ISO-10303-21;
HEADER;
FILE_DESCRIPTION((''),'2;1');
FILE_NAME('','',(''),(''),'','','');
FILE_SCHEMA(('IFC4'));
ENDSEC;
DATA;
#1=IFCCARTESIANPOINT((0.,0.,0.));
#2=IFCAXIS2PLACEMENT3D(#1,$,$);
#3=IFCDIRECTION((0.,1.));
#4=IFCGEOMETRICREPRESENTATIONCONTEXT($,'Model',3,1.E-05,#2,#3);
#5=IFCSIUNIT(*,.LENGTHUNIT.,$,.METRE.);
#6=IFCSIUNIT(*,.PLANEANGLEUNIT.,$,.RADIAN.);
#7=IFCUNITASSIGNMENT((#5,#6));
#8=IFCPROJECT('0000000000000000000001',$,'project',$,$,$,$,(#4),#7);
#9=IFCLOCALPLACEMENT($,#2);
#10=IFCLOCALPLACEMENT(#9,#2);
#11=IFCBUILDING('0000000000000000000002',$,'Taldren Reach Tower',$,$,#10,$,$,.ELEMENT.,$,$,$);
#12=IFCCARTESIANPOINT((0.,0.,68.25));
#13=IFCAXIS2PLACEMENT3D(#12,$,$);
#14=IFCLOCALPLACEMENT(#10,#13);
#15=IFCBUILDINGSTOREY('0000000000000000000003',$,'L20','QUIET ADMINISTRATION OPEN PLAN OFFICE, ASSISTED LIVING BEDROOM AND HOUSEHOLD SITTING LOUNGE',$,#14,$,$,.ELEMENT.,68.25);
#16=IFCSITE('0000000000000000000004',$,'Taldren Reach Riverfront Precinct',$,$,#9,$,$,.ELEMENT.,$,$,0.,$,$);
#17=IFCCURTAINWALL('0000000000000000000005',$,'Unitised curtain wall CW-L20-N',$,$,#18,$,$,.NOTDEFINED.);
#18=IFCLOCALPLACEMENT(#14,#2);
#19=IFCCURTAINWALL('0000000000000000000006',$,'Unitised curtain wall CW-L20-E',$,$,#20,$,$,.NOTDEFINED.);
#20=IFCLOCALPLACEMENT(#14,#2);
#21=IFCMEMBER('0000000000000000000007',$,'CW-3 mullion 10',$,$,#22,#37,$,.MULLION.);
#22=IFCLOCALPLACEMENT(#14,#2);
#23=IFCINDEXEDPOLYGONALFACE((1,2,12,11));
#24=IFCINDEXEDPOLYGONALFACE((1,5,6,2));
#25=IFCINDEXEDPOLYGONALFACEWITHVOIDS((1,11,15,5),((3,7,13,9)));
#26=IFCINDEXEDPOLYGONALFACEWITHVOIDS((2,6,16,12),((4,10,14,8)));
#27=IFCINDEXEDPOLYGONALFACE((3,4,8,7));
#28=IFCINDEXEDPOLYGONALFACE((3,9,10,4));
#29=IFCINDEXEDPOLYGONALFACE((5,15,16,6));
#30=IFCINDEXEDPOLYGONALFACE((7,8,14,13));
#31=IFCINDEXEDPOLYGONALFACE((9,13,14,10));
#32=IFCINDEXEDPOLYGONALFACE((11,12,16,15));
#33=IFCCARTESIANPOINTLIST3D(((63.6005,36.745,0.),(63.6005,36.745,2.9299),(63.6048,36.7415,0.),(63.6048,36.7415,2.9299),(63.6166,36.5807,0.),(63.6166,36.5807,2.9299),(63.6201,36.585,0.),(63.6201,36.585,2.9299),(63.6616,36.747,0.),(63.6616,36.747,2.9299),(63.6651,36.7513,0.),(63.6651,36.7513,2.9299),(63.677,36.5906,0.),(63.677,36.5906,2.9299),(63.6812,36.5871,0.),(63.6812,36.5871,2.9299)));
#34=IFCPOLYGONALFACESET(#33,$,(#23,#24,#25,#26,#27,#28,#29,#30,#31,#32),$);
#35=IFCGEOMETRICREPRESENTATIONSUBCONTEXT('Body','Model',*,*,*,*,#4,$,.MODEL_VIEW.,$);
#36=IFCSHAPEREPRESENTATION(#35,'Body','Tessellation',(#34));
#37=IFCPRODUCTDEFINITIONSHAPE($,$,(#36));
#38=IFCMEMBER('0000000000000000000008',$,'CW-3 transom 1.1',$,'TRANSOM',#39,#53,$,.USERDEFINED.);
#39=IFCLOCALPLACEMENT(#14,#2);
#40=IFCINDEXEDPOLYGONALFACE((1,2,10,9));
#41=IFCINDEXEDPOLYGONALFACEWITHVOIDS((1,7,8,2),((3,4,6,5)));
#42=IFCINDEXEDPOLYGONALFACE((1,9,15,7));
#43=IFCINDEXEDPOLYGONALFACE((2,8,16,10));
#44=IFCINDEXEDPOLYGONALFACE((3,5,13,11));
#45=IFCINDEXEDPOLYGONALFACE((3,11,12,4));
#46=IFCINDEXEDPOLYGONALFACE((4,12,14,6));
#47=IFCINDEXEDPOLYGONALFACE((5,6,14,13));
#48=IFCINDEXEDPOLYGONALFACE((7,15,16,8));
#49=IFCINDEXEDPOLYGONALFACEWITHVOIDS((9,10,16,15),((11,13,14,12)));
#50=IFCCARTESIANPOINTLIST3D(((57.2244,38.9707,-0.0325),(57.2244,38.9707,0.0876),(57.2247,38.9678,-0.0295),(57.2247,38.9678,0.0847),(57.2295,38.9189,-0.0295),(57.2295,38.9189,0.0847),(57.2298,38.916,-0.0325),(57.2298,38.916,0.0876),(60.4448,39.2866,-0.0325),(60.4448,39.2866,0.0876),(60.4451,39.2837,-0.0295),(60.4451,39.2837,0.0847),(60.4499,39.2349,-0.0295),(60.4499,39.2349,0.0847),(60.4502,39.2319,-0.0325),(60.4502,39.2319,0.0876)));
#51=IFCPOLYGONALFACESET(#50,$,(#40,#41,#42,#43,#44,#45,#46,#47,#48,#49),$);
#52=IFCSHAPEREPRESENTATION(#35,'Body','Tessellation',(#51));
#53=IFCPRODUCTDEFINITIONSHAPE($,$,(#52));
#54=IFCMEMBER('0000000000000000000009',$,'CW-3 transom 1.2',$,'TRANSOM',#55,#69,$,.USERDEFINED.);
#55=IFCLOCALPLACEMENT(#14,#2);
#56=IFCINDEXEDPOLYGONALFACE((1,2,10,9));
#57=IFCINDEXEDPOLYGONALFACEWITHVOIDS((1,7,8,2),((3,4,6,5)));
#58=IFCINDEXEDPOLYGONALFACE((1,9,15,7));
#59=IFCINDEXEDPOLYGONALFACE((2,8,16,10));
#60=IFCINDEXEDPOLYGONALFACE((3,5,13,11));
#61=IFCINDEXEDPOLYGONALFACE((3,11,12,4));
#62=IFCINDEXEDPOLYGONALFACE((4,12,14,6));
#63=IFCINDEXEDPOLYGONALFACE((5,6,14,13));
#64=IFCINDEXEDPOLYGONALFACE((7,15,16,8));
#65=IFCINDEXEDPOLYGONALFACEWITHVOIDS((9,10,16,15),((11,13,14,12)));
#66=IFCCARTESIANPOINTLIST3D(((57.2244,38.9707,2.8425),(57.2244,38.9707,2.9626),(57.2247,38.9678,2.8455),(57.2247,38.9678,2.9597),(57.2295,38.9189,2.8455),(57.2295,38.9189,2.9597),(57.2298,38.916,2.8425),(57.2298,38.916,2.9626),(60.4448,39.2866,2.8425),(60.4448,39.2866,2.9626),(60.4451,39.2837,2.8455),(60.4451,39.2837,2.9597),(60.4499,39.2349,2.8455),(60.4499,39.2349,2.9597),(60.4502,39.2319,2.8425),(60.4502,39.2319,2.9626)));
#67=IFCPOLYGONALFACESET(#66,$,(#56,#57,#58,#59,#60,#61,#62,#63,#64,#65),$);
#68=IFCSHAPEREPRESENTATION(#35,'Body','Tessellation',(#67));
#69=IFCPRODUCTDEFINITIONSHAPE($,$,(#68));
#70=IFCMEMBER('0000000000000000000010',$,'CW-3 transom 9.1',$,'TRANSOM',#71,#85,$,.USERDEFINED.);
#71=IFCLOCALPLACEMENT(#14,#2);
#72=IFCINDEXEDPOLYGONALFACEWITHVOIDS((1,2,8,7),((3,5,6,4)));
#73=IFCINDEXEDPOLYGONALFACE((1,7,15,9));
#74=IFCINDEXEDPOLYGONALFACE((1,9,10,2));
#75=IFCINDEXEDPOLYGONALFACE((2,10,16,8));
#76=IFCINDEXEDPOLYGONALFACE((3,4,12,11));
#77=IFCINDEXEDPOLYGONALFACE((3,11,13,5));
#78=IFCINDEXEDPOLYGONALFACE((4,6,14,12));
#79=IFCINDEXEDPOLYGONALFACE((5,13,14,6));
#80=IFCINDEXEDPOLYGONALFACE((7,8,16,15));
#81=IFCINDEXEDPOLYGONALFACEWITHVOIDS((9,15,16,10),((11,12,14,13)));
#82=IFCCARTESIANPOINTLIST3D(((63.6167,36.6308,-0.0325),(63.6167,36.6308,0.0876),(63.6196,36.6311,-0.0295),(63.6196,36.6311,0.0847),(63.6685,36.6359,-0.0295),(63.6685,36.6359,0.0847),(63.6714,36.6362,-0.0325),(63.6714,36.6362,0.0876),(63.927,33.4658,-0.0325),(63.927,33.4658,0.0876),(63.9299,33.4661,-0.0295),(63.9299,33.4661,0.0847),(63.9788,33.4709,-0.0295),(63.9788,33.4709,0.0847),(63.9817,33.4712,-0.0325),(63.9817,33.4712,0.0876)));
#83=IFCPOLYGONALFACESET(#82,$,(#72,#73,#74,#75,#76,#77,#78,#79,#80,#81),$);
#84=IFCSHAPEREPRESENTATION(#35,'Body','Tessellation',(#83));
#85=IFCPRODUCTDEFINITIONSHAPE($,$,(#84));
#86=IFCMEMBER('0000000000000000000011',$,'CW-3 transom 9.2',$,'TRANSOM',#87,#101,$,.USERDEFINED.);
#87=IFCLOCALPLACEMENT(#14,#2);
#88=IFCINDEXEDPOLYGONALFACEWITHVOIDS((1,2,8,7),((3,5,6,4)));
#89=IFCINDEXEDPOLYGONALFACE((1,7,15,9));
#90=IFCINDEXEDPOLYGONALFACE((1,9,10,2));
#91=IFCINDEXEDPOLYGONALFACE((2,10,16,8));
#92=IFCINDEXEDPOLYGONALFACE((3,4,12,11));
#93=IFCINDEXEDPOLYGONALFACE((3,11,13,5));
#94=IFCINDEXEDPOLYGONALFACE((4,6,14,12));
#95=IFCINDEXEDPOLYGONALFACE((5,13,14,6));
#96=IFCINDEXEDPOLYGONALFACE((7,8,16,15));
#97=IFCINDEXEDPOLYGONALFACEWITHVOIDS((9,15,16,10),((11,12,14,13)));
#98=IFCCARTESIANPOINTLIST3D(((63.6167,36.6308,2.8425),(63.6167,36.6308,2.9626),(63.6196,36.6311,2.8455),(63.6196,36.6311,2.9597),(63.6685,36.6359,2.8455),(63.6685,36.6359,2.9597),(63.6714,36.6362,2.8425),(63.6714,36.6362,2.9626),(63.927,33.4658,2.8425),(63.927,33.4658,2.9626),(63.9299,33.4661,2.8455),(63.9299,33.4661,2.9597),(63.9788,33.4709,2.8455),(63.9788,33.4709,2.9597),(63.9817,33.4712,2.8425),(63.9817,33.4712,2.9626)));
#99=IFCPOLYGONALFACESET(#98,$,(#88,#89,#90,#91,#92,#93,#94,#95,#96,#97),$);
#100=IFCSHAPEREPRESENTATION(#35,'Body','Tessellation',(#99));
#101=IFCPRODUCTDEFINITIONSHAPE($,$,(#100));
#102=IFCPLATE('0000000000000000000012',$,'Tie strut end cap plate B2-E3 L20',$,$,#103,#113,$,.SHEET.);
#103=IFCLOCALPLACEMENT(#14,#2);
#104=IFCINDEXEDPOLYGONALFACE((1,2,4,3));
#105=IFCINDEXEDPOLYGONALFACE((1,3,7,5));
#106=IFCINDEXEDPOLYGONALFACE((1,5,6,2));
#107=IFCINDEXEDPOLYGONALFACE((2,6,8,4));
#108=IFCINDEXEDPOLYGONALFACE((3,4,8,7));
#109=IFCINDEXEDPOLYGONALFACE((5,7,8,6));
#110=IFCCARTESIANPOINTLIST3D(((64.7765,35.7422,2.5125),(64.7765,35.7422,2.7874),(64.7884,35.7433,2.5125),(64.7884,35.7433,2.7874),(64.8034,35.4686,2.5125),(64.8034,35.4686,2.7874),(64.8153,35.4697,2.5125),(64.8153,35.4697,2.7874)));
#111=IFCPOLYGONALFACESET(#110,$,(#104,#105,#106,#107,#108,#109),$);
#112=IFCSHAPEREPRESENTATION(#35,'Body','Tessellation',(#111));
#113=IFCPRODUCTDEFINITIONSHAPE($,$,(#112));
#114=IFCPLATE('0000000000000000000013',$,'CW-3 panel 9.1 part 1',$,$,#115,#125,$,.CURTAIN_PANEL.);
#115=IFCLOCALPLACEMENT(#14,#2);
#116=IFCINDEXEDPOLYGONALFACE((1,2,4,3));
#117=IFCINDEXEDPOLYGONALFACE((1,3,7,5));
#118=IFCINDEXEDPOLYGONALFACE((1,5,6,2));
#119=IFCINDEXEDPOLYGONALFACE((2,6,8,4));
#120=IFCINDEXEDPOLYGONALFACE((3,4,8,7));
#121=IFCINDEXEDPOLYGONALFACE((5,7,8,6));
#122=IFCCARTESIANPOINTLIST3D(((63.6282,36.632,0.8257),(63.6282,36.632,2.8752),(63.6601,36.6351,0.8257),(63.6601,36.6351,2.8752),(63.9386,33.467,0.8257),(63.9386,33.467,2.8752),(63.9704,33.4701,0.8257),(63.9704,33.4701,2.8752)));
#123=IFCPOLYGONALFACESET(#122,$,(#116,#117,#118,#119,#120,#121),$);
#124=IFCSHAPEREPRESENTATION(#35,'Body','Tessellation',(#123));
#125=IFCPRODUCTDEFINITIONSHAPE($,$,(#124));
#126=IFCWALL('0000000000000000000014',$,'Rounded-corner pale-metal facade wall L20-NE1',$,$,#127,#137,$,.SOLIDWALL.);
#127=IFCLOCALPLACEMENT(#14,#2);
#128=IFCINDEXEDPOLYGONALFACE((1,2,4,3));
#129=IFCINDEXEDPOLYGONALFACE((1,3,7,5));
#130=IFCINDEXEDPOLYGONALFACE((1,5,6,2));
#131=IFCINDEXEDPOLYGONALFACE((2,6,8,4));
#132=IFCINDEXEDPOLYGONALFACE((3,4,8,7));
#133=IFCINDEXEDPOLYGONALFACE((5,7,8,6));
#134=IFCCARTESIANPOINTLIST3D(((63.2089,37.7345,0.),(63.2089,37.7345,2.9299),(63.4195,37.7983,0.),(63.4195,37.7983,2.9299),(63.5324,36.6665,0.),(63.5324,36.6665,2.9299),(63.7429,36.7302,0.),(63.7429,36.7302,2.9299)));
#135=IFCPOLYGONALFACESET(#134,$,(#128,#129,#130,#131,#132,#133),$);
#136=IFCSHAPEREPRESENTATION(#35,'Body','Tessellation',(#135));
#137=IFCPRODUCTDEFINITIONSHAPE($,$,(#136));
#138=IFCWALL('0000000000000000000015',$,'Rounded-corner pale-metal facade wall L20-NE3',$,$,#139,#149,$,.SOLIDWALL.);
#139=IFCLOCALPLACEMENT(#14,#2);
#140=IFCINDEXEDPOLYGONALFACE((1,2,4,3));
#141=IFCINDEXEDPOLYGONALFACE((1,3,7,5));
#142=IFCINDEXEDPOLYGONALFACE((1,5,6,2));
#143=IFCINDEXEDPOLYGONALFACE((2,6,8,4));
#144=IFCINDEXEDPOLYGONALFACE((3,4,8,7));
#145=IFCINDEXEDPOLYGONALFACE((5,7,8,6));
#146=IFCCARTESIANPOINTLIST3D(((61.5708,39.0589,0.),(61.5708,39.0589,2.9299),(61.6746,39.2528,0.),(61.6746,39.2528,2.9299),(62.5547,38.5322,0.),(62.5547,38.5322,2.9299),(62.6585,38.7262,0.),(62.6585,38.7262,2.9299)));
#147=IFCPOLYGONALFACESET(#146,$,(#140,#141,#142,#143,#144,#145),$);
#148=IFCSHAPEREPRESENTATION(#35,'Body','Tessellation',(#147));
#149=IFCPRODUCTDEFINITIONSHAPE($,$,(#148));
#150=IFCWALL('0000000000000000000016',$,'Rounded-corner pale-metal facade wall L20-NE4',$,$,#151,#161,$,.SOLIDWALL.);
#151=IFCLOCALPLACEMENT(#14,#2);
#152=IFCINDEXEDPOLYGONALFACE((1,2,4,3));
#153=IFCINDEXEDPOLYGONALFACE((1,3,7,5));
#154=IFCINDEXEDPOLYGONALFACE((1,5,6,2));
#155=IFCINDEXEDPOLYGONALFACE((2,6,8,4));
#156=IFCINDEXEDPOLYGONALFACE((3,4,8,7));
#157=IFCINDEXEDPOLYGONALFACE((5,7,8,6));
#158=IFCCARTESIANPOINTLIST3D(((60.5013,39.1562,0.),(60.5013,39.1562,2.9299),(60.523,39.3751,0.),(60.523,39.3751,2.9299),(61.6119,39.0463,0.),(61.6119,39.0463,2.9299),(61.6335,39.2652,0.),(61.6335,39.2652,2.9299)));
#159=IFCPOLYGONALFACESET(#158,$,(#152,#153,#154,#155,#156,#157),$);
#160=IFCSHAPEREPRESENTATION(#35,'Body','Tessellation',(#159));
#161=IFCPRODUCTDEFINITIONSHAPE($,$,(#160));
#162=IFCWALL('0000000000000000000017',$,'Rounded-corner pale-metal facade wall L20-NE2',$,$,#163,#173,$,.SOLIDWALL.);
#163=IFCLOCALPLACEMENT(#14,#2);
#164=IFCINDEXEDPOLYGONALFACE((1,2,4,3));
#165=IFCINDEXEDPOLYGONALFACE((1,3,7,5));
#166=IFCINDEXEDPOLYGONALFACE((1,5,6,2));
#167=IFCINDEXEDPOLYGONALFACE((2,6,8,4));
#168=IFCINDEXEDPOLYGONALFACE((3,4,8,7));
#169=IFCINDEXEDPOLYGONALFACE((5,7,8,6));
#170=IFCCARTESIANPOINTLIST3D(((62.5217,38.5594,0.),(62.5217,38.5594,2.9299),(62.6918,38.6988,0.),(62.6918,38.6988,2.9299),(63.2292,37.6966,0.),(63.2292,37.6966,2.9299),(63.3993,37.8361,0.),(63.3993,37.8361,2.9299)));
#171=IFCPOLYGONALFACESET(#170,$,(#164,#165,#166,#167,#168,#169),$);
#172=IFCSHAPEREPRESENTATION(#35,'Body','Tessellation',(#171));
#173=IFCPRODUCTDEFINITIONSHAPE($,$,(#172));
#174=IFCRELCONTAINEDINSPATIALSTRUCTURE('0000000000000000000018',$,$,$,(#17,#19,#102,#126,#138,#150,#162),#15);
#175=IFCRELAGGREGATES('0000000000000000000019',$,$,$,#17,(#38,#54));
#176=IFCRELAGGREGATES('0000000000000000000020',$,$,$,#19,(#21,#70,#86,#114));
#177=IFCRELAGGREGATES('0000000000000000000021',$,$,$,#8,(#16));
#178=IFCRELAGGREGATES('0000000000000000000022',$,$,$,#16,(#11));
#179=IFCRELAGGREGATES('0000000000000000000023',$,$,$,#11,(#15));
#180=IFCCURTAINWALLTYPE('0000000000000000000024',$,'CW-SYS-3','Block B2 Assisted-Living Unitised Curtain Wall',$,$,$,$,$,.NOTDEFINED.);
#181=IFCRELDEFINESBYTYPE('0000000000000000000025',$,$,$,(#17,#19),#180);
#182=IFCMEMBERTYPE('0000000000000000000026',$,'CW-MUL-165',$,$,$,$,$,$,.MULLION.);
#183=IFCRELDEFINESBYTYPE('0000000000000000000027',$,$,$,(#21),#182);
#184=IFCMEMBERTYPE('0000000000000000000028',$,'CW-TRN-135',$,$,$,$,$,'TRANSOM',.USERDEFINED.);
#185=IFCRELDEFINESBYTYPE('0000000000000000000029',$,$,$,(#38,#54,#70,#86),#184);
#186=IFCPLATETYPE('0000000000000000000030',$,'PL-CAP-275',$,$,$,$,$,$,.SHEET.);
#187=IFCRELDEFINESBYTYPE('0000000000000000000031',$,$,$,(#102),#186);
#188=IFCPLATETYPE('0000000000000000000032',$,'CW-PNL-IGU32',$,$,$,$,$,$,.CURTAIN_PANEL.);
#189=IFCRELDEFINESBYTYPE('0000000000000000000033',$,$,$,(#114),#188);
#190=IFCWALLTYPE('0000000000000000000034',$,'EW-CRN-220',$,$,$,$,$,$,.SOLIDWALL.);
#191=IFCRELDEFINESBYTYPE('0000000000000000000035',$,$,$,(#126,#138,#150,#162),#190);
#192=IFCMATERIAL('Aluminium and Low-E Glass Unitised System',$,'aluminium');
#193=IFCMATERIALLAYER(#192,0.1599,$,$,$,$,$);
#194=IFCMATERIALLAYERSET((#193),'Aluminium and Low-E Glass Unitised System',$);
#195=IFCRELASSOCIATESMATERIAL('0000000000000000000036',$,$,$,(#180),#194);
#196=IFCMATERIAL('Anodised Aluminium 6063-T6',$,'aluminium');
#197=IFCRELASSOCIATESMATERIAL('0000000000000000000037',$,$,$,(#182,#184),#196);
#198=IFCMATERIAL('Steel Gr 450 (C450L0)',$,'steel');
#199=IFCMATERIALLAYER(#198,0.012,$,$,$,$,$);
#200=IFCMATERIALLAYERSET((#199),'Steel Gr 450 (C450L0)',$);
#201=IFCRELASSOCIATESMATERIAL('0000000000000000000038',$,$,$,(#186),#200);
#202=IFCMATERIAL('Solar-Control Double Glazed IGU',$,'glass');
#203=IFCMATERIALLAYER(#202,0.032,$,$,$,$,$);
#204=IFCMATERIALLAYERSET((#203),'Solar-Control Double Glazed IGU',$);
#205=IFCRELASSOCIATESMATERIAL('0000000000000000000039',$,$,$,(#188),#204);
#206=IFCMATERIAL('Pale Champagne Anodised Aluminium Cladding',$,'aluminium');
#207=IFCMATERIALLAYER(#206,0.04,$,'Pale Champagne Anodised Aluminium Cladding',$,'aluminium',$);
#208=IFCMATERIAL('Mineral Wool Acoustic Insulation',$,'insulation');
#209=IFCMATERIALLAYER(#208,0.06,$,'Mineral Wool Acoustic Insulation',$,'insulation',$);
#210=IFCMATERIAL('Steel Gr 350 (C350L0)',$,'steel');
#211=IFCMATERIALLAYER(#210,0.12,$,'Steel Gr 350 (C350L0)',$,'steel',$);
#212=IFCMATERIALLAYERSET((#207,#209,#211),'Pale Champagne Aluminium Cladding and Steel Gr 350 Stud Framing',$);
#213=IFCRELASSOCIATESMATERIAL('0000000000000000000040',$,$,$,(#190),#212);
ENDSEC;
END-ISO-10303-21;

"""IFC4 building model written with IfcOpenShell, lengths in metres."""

from ifc_helpers import new_model, si_unit, direction, frame, frame_2d, origin, origin_2d, place, context, subcontext, project, spatial, rectangle, hollow_rectangle, extrude, source, transform, mapped, material, layer, layer_set, material_profile, profile_set, type_object, element, aggregate, save


model = new_model("IFC4")

# Units and contexts
model_context = context("Model", 3, precision=1e-05, world=origin(), true_north=direction((0.0, 1.0)))
body_context = subcontext(model_context, "Body", "Model", "MODEL_VIEW")
ifc_project = project(units=[si_unit("LENGTHUNIT", "METRE"), si_unit("PLANEANGLEUNIT", "RADIAN")], contexts=[model_context])

# Site, building, storey
site_placement = place(None, origin())
site = spatial("IfcSite", under=ifc_project, at=site_placement, Name="Taldren Reach Riverfront Precinct", CompositionType="ELEMENT", RefElevation=0.0)
building_placement = place(site_placement, origin())
building = spatial("IfcBuilding", under=site, at=building_placement, Name="Taldren Reach Tower", CompositionType="ELEMENT")
storey_placement = place(building_placement, frame((0.0, 0.0, 68.25)))
storey = spatial("IfcBuildingStorey", under=building, at=storey_placement, Name="L20", Description="QUIET ADMINISTRATION OPEN PLAN OFFICE, ASSISTED LIVING BEDROOM AND HOUSEHOLD SITTING LOUNGE", CompositionType="ELEMENT", Elevation=68.25)

# Shared definitions
ifc_material_1 = material(Name="Steel Gr 450 (C450L0)", Category="steel")
ifc_material_2 = material(Name="Steel Gr 350 (C350L0)", Category="steel")

# Curtain wall
ifc_material_3 = material(Name="Aluminium and Low-E Glass Unitised System", Category="aluminium")
ifc_layer_1 = layer(ifc_material_3, 0.1599)
ifc_layer_set_1 = layer_set([ifc_layer_1], Name="Aluminium and Low-E Glass Unitised System")
curtain_wall_type = type_object("IfcCurtainWallType", Name="CW-SYS-3", Description="Block B2 Assisted-Living Unitised Curtain Wall", PredefinedType="NOTDEFINED", material=ifc_layer_set_1)
curtain_wall_1_placement = place(storey_placement, origin())
curtain_wall_1 = element("IfcCurtainWall", 1, at=curtain_wall_1_placement, inside=storey, type_object=curtain_wall_type, Name="Unitised curtain wall CW-L20-N", PredefinedType="NOTDEFINED")
ifc_material_4 = material(Name="Anodised Aluminium 6063-T6", Category="aluminium")
ifc_material_profile_1 = material_profile(ifc_material_4, hollow_rectangle(XDim=0.0649, YDim=0.165, WallThickness=0.0039, at=origin_2d()), Name="ALU-165x65x4RHS")
ifc_profile_set_1 = profile_set([ifc_material_profile_1], Name="Anodised Aluminium 6063-T6")
member_type_1 = type_object("IfcMemberType", Name="CW-MUL-165", PredefinedType="MULLION", material=ifc_profile_set_1)
shared_shape_1 = source(origin(), body_context, "Body", "SweptSolid", [
    extrude(hollow_rectangle(XDim=0.0649, YDim=0.165, WallThickness=0.0039, at=origin_2d()), origin(), (0.0, 0.0, 1.0), 2.9299),
])

# Curtain wall, member
curtain_wall_2_placement = place(storey_placement, origin())
curtain_wall_2 = element("IfcCurtainWall", 2, at=curtain_wall_2_placement, inside=storey, type_object=curtain_wall_type, Name="Unitised curtain wall CW-L20-E", PredefinedType="NOTDEFINED")
member_1_placement = place(storey_placement, frame((63.6409, 36.666, 0.0), z_axis=(0.0, 0.0, 1.0), x_axis=(-0.995227, -0.097583, 0.0)))
member_1 = element("IfcMember", 3, at=member_1_placement, type_object=member_type_1, Name="CW-3 mullion 10", PredefinedType="MULLION", context=body_context, shape_type="MappedRepresentation", body=[
    mapped(shared_shape_1, transform((0.0, 0.0, 0.0), scale=1.0)),
])

# Members
ifc_material_profile_2 = material_profile(ifc_material_4, hollow_rectangle(XDim=0.0549, YDim=0.1201, WallThickness=0.0029, at=origin_2d()), Name="ALU-120x55x3RHS")
ifc_profile_set_2 = profile_set([ifc_material_profile_2], Name="Anodised Aluminium 6063-T6")
member_type_2 = type_object("IfcMemberType", Name="CW-TRN-135", ElementType="TRANSOM", PredefinedType="USERDEFINED", material=ifc_profile_set_2)
shared_shape_2 = source(origin(), body_context, "Body", "SweptSolid", [
    extrude(hollow_rectangle(XDim=0.0549, YDim=0.1201, WallThickness=0.0029, at=origin_2d()), origin(), (0.0, 0.0, 1.0), 3.2358),
])
member_2_placement = place(storey_placement, frame((60.4475, 39.2593, 0.0276), z_axis=(-0.995223, -0.097629, 0.0), x_axis=(0.097629, -0.995223, 0.0)))
member_2 = element("IfcMember", 4, at=member_2_placement, type_object=member_type_2, Name="CW-3 transom 1.1", ObjectType="TRANSOM", PredefinedType="USERDEFINED", context=body_context, shape_type="MappedRepresentation", body=[
    mapped(shared_shape_2, transform((0.0, 0.0, 0.0), scale=1.0)),
])
member_3_placement = place(storey_placement, frame((60.4475, 39.2593, 2.9026), z_axis=(-0.995223, -0.097629, 0.0), x_axis=(0.097629, -0.995223, 0.0)))
member_3 = element("IfcMember", 5, at=member_3_placement, type_object=member_type_2, Name="CW-3 transom 1.2", ObjectType="TRANSOM", PredefinedType="USERDEFINED", context=body_context, shape_type="MappedRepresentation", body=[
    mapped(shared_shape_2, transform((0.0, 0.0, 0.0), scale=1.0)),
])
aggregate(curtain_wall_1, [member_2, member_3])
shared_shape_3 = source(origin(), body_context, "Body", "SweptSolid", [
    extrude(hollow_rectangle(XDim=0.0549, YDim=0.1201, WallThickness=0.0029, at=origin_2d()), origin(), (0.0, 0.0, 1.0), 3.1802),
])
member_4_placement = place(storey_placement, frame((63.9543, 33.4685, 0.0276), z_axis=(-0.097573, 0.995228, 0.0), x_axis=(-0.995228, -0.097573, 0.0)))
member_4 = element("IfcMember", 6, at=member_4_placement, type_object=member_type_2, Name="CW-3 transom 9.1", ObjectType="TRANSOM", PredefinedType="USERDEFINED", context=body_context, shape_type="MappedRepresentation", body=[
    mapped(shared_shape_3, transform((0.0, 0.0, 0.0), scale=1.0)),
])
member_5_placement = place(storey_placement, frame((63.9543, 33.4685, 2.9026), z_axis=(-0.097573, 0.995228, 0.0), x_axis=(-0.995228, -0.097573, 0.0)))
member_5 = element("IfcMember", 7, at=member_5_placement, type_object=member_type_2, Name="CW-3 transom 9.2", ObjectType="TRANSOM", PredefinedType="USERDEFINED", context=body_context, shape_type="MappedRepresentation", body=[
    mapped(shared_shape_3, transform((0.0, 0.0, 0.0), scale=1.0)),
])

# Plates
ifc_layer_2 = layer(ifc_material_1, 0.012)
ifc_layer_set_2 = layer_set([ifc_layer_2], Name="Steel Gr 450 (C450L0)")
plate_type_1 = type_object("IfcPlateType", Name="PL-CAP-275", PredefinedType="SHEET", material=ifc_layer_set_2)
shared_shape_4 = source(origin(), body_context, "Body", "SweptSolid", [
    extrude(rectangle(XDim=0.012, YDim=0.2749, at=origin_2d()), origin(), (0.0, 0.0, 1.0), 0.2749),
])
plate_1_placement = place(storey_placement, frame((64.7959, 35.606, 2.5125), z_axis=(0.0, 0.0, 1.0), x_axis=(0.995227, 0.097583, 0.0)))
element("IfcPlate", 8, at=plate_1_placement, inside=storey, type_object=plate_type_1, Name="Tie strut end cap plate B2-E3 L20", PredefinedType="SHEET", context=body_context, shape_type="MappedRepresentation", body=[
    mapped(shared_shape_4, transform((0.0, 0.0, 0.0), scale=1.0)),
])
ifc_material_5 = material(Name="Solar-Control Double Glazed IGU", Category="glass")
ifc_layer_3 = layer(ifc_material_5, 0.032)
ifc_layer_set_3 = layer_set([ifc_layer_3], Name="Solar-Control Double Glazed IGU")
plate_type_2 = type_object("IfcPlateType", Name="CW-PNL-IGU32", PredefinedType="CURTAIN_PANEL", material=ifc_layer_set_3)
shared_shape_5 = source(origin(), body_context, "Body", "SweptSolid", [
    extrude(rectangle(XDim=3.1802, YDim=0.032, at=origin_2d()), origin(), (0.0, 0.0, 1.0), 2.0496),
])
plate_2_placement = place(storey_placement, frame((63.7993, 35.051, 0.8257), z_axis=(0.0, 0.0, 1.0), x_axis=(-0.097583, 0.995227, 0.0)))
plate_2 = element("IfcPlate", 9, at=plate_2_placement, type_object=plate_type_2, Name="CW-3 panel 9.1 part 1", PredefinedType="CURTAIN_PANEL", context=body_context, shape_type="MappedRepresentation", body=[
    mapped(shared_shape_5, transform((0.0, 0.0, 0.0), scale=1.0)),
])
aggregate(curtain_wall_2, [member_1, member_4, member_5, plate_2])

# Walls
ifc_material_6 = material(Name="Pale Champagne Anodised Aluminium Cladding", Category="aluminium")
ifc_layer_4 = layer(ifc_material_6, 0.04, Name="Pale Champagne Anodised Aluminium Cladding", Category="aluminium")
ifc_material_7 = material(Name="Mineral Wool Acoustic Insulation", Category="insulation")
ifc_layer_5 = layer(ifc_material_7, 0.06, Name="Mineral Wool Acoustic Insulation", Category="insulation")
ifc_layer_6 = layer(ifc_material_2, 0.12, Name="Steel Gr 350 (C350L0)", Category="steel")
ifc_layer_set_4 = layer_set([ifc_layer_4, ifc_layer_5, ifc_layer_6], Name="Pale Champagne Aluminium Cladding and Steel Gr 350 Stud Framing")
wall_type = type_object("IfcWallType", Name="EW-CRN-220", PredefinedType="SOLIDWALL", material=ifc_layer_set_4)
shared_shape_6 = source(origin(), body_context, "Body", "SweptSolid", [
    extrude(rectangle(XDim=1.116, YDim=0.22, at=frame_2d((0.5581, 0.0))), origin(), (0.0, 0.0, 1.0), 2.9299),
])
for number, where, z_axis, x_axis, name in (
    (10, (63.6377, 36.6982, 0.0), (0.0, 0.0, 1.0), (-0.289856, 0.95707, 0.0), "Rounded-corner pale-metal facade wall L20-NE1"),
    (11, (62.6067, 38.6292, 0.0), (0.0, 0.0, 1.0), (-0.881656, 0.471894, 0.0), "Rounded-corner pale-metal facade wall L20-NE3"),
    (12, (61.6228, 39.1558, 0.0), (0.0, 0.0, 1.0), (-0.995143, 0.098442, 0.0), "Rounded-corner pale-metal facade wall L20-NE4"),
):
    element("IfcWall", number, at=place(storey_placement, frame(where, z_axis=z_axis, x_axis=x_axis)), inside=storey, type_object=wall_type, Name=name, PredefinedType="SOLIDWALL", context=body_context, shape_type="MappedRepresentation", body=[
        mapped(shared_shape_6, transform((0.0, 0.0, 0.0), scale=1.0)),
    ])
shared_shape_7 = source(origin(), body_context, "Body", "SweptSolid", [
    extrude(rectangle(XDim=1.1157, YDim=0.22, at=frame_2d((0.5579, 0.0))), origin(), (0.0, 0.0, 1.0), 2.9299),
])
wall_placement = place(storey_placement, frame((63.3142, 37.7664, 0.0), z_axis=(0.0, 0.0, 1.0), x_axis=(-0.634095, 0.773255, 0.0)))
element("IfcWall", 13, at=wall_placement, inside=storey, type_object=wall_type, Name="Rounded-corner pale-metal facade wall L20-NE2", PredefinedType="SOLIDWALL", context=body_context, shape_type="MappedRepresentation", body=[
    mapped(shared_shape_7, transform((0.0, 0.0, 0.0), scale=1.0)),
])

save(model, "model.ifc")
